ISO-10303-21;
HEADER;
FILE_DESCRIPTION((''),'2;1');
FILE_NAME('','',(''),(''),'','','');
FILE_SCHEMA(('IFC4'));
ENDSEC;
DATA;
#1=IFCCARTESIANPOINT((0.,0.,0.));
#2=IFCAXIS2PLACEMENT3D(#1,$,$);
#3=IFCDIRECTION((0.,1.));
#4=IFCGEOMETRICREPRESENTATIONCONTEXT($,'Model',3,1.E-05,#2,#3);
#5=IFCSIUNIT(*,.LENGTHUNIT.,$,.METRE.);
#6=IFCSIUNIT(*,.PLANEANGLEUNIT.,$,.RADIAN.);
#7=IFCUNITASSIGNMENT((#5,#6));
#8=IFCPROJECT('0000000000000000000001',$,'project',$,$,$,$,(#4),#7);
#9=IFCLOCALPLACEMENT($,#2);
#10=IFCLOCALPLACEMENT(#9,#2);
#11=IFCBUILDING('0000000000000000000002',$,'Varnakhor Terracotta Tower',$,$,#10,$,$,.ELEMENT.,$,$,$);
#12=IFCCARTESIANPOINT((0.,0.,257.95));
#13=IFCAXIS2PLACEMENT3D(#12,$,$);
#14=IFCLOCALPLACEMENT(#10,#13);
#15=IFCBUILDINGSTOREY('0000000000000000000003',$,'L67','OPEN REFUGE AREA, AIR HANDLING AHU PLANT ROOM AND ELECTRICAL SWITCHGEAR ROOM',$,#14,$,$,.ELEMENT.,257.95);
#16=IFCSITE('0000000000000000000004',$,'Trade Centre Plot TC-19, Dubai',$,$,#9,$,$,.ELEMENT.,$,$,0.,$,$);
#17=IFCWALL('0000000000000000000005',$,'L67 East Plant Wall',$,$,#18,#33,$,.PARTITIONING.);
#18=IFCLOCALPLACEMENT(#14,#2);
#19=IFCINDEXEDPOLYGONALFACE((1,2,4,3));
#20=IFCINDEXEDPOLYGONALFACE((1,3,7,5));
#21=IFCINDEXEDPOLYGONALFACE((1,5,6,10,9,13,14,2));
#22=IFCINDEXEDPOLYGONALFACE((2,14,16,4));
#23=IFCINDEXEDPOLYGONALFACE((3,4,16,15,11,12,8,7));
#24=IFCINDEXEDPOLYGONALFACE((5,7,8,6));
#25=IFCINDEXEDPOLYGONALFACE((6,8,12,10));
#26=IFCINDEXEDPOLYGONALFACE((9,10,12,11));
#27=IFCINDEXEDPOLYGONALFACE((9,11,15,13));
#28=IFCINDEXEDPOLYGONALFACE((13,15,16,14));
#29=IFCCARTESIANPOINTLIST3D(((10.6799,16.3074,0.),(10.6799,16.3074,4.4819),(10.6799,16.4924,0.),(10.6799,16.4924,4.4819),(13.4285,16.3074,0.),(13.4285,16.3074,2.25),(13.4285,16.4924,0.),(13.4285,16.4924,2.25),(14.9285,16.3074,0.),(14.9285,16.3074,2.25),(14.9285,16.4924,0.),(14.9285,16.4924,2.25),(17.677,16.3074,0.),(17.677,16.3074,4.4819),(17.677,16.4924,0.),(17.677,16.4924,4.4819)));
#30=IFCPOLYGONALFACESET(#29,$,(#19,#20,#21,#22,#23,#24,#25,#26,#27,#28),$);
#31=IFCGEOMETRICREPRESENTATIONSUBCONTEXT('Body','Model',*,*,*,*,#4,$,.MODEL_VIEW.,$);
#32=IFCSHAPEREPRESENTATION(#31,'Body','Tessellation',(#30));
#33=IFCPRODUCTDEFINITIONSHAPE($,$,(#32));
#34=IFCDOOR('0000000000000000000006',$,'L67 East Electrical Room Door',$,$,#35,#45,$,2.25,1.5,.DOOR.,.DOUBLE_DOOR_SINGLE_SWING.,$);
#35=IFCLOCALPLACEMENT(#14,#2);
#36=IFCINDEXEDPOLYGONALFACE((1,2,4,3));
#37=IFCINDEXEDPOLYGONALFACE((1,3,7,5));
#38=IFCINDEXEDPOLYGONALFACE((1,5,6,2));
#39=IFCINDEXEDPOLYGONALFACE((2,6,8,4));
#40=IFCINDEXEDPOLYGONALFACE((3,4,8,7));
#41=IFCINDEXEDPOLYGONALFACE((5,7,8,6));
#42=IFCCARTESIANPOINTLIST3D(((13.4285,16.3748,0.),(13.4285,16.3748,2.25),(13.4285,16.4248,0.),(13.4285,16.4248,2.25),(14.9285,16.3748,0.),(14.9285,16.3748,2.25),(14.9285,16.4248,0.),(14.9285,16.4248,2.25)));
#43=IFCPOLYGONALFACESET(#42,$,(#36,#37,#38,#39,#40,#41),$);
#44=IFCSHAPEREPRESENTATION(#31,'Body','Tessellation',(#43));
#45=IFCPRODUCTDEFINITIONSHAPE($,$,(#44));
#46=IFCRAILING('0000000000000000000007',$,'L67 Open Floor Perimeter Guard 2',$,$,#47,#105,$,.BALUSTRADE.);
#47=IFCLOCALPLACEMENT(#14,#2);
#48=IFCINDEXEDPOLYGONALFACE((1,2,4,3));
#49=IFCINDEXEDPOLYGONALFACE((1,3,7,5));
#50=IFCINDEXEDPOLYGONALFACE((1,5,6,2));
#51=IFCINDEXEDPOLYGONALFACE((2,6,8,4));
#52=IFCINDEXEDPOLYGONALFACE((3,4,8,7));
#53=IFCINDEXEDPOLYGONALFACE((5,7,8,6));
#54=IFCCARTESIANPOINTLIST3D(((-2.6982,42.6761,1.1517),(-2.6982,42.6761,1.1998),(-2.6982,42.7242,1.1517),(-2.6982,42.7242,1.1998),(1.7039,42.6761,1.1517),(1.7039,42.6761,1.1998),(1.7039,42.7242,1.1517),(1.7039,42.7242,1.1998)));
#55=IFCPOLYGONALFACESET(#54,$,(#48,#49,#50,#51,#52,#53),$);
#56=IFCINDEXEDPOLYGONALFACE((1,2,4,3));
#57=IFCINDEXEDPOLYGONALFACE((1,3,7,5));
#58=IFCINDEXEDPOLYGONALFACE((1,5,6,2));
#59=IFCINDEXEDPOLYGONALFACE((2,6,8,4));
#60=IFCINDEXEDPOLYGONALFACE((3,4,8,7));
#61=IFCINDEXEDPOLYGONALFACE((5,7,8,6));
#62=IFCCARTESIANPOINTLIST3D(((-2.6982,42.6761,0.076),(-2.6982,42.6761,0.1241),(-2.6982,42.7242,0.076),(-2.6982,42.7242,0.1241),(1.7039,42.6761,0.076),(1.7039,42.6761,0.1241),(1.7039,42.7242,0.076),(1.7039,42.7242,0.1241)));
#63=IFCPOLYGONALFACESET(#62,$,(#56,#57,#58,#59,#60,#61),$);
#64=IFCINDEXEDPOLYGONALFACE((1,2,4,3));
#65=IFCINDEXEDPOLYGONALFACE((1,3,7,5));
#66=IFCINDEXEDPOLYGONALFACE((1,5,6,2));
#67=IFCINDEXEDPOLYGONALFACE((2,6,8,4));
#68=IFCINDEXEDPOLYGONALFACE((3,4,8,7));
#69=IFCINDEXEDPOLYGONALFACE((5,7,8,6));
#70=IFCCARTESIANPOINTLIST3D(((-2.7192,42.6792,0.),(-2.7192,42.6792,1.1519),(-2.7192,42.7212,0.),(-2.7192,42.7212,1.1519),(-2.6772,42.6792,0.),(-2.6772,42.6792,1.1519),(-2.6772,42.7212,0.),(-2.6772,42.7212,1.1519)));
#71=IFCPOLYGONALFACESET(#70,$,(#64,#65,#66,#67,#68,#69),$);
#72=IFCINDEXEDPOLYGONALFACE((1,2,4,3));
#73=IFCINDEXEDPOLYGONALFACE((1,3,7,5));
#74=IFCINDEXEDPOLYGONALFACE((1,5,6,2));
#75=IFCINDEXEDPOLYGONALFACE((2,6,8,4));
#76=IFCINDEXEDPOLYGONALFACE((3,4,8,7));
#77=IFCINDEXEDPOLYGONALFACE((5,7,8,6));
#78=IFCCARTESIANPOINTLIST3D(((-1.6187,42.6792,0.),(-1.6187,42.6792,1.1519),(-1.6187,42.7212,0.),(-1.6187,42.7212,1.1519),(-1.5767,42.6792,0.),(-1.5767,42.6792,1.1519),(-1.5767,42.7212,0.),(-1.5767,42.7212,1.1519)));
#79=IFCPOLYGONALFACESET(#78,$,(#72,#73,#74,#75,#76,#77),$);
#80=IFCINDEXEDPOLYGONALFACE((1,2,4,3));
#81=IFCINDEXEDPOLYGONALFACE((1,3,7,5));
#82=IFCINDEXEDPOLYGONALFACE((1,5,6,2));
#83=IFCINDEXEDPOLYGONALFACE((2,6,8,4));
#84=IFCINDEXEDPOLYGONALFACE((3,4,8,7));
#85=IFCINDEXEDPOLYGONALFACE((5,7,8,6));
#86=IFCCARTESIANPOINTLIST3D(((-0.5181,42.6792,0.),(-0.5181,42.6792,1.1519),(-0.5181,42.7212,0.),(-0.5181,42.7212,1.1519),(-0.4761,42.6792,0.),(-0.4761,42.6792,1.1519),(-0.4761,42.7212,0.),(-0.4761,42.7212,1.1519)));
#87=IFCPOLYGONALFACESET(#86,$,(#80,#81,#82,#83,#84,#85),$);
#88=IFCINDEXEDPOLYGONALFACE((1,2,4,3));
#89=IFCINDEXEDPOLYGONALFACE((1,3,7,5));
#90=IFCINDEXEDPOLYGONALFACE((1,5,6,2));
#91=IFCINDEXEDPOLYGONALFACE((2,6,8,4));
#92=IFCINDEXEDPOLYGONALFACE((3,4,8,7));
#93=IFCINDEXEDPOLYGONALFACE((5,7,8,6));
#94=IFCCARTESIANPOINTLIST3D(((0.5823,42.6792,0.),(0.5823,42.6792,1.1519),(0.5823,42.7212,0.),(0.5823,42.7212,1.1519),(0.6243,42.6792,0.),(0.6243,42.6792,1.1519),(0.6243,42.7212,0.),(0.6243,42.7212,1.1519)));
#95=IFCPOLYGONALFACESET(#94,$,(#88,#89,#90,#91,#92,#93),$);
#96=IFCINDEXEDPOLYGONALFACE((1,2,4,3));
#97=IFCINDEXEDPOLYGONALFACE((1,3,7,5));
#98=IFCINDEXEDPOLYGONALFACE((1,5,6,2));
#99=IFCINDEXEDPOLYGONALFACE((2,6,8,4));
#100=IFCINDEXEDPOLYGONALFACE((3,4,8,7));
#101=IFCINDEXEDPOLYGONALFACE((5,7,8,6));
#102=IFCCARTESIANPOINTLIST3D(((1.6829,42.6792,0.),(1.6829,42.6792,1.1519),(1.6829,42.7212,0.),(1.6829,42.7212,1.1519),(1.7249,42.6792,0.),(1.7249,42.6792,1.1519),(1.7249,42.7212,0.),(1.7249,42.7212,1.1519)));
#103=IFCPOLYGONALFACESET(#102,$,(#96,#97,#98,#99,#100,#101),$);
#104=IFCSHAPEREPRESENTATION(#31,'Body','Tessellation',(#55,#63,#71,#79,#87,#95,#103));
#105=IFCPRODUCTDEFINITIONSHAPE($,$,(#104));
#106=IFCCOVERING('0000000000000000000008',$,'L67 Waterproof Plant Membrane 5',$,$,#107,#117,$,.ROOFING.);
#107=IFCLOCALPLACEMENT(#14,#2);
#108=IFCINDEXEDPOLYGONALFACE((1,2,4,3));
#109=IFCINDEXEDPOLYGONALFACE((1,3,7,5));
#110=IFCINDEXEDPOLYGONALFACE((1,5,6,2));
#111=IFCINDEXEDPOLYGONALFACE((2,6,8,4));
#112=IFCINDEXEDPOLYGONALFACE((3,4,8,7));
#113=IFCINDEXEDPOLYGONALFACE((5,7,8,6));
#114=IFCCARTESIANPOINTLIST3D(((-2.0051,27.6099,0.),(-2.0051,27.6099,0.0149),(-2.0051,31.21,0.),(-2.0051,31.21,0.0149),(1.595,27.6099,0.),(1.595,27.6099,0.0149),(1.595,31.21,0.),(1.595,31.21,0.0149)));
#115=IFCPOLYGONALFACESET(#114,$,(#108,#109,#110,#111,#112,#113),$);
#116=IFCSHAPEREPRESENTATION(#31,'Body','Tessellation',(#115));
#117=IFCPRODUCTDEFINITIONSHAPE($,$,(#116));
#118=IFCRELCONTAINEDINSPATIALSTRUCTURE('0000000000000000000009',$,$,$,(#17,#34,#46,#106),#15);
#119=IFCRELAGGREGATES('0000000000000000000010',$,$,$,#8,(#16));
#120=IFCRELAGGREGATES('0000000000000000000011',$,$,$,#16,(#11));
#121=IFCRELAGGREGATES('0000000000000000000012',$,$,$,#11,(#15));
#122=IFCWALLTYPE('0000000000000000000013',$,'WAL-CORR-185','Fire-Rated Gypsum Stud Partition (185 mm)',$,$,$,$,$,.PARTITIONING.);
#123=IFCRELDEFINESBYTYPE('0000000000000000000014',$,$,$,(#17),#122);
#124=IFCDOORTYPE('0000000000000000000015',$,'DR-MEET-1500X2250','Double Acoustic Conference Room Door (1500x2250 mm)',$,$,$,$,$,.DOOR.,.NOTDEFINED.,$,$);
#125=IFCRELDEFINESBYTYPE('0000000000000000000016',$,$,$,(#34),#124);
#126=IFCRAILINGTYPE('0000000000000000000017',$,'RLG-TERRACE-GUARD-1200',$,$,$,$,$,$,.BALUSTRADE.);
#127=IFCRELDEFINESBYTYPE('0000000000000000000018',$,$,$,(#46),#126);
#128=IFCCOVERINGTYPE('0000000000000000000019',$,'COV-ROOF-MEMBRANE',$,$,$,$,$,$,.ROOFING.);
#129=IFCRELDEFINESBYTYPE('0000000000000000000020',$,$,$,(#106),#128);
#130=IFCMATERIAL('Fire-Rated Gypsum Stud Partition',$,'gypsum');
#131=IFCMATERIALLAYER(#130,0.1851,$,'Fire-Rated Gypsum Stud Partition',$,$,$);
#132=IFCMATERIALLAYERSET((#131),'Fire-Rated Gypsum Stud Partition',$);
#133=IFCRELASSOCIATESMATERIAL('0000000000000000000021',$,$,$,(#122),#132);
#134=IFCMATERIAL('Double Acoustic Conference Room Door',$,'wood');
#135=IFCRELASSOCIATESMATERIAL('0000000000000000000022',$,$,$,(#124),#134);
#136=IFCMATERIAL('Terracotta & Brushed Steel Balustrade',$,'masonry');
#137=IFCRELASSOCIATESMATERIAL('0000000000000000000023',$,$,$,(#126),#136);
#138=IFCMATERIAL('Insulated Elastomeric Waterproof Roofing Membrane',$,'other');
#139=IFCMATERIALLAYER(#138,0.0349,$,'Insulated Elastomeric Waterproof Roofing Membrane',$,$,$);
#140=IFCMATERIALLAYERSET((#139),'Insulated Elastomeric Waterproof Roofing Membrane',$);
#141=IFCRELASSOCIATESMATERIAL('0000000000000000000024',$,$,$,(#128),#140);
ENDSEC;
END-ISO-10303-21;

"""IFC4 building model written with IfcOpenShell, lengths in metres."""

from ifc_helpers import new_model, si_unit, direction, frame, frame_2d, origin, origin_2d, place, context, subcontext, project, spatial, rectangle, extrude, source, transform, mapped, material, layer, layer_set, type_object, type_shapes, element, fill, save


model = new_model("IFC4")

# Units and contexts
model_context = context("Model", 3, precision=1e-05, world=origin(), true_north=direction((0.0, 1.0)))
body_context = subcontext(model_context, "Body", "Model", "MODEL_VIEW")
ifc_project = project(units=[si_unit("LENGTHUNIT", "METRE"), si_unit("PLANEANGLEUNIT", "RADIAN")], contexts=[model_context])

# Site, building, storey
site_placement = place(None, origin())
site = spatial("IfcSite", under=ifc_project, at=site_placement, Name="Trade Centre Plot TC-19, Dubai", CompositionType="ELEMENT", RefElevation=0.0)
building_placement = place(site_placement, origin())
building = spatial("IfcBuilding", under=site, at=building_placement, Name="Varnakhor Terracotta Tower", CompositionType="ELEMENT")
storey_placement = place(building_placement, frame((0.0, 0.0, 257.95)))
storey = spatial("IfcBuildingStorey", under=building, at=storey_placement, Name="L67", Description="OPEN REFUGE AREA, AIR HANDLING AHU PLANT ROOM AND ELECTRICAL SWITCHGEAR ROOM", CompositionType="ELEMENT", Elevation=257.95)

# Wall, opening, door
ifc_material_1 = material(Name="Fire-Rated Gypsum Stud Partition", Category="gypsum")
ifc_layer_1 = layer(ifc_material_1, 0.1851, Name="Fire-Rated Gypsum Stud Partition")
ifc_layer_set_1 = layer_set([ifc_layer_1], Name="Fire-Rated Gypsum Stud Partition")
wall_type = type_object("IfcWallType", Name="WAL-CORR-185", Description="Fire-Rated Gypsum Stud Partition (185 mm)", PredefinedType="PARTITIONING", material=ifc_layer_set_1)
wall_placement = place(storey_placement, frame((10.6799, 16.3999, 0.0), z_axis=(0.0, 0.0, 1.0), x_axis=(1.0, 0.0, 0.0)))
wall = element("IfcWall", 1, at=wall_placement, inside=storey, type_object=wall_type, Name="L67 East Plant Wall", PredefinedType="PARTITIONING", context=body_context, shape_type="SweptSolid", body=[
    extrude(rectangle(XDim=6.9971, YDim=0.1851, at=frame_2d((3.4985, 0.0))), origin(), (0.0, 0.0, 1.0), 4.4819),
])
opening_placement = place(wall_placement, frame((2.7485, 0.0, 0.0)))
opening = element("IfcOpeningElement", 2, at=opening_placement, cuts=wall, PredefinedType="OPENING", context=body_context, shape_type="SweptSolid", body=[
    extrude(rectangle(XDim=1.5, YDim=2.25, at=frame_2d((0.75, 1.125))), frame((0.0, 0.1025, 0.0), z_axis=(0.0, -1.0, 0.0), x_axis=(1.0, 0.0, 0.0)), (0.0, 0.0, 1.0), 0.2051),
])
ifc_material_2 = material(Name="Double Acoustic Conference Room Door", Category="wood")
door_type = type_object("IfcDoorType", Name="DR-MEET-1500X2250", Description="Double Acoustic Conference Room Door (1500x2250 mm)", OperationType="NOTDEFINED", PredefinedType="DOOR", material=ifc_material_2)
shared_shape_1 = source(origin(), body_context, "Body", "SweptSolid", [
    extrude(rectangle(XDim=1.5, YDim=2.25, at=frame_2d((0.75, 1.125))), frame((0.0, 0.0249, 0.0), z_axis=(0.0, -1.0, 0.0), x_axis=(1.0, 0.0, 0.0)), (0.0, 0.0, 1.0), 0.05),
])
type_shapes(door_type, [shared_shape_1])
door_placement = place(opening_placement, origin())
door = element("IfcDoor", 3, at=door_placement, inside=storey, type_object=door_type, Name="L67 East Electrical Room Door", OperationType="DOUBLE_DOOR_SINGLE_SWING", OverallHeight=2.25, OverallWidth=1.5, PredefinedType="DOOR", context=body_context, shape_type="MappedRepresentation", body=[
    mapped(shared_shape_1, transform((0.0, 0.0, 0.0), scale=1.0)),
])
fill(opening, door)

# Railing
ifc_material_3 = material(Name="Terracotta & Brushed Steel Balustrade", Category="masonry")
railing_type = type_object("IfcRailingType", Name="RLG-TERRACE-GUARD-1200", PredefinedType="BALUSTRADE", material=ifc_material_3)
railing_1_placement = place(storey_placement, frame((-2.6982, 42.7002, 0.0)))
element("IfcRailing", 4, at=railing_1_placement, inside=storey, type_object=railing_type, Name="L67 Open Floor Perimeter Guard 2", PredefinedType="BALUSTRADE", context=body_context, shape_type="SweptSolid", body=[
    extrude(rectangle(XDim=0.0481, YDim=0.0481, at=origin_2d()), frame((0.0, 0.0, 1.1758), z_axis=(1.0, 0.0, 0.0), x_axis=(0.0, 1.0, 0.0)), (0.0, 0.0, 1.0), 4.4021),
    extrude(rectangle(XDim=0.0481, YDim=0.0481, at=origin_2d()), frame((0.0, 0.0, 0.1001), z_axis=(1.0, 0.0, 0.0), x_axis=(0.0, 1.0, 0.0)), (0.0, 0.0, 1.0), 4.4021),
    extrude(rectangle(XDim=0.042, YDim=0.042, at=origin_2d()), origin(), (0.0, 0.0, 1.0), 1.1519),
    extrude(rectangle(XDim=0.042, YDim=0.042, at=origin_2d()), frame((1.1006, 0.0, 0.0)), (0.0, 0.0, 1.0), 1.1519),
    extrude(rectangle(XDim=0.042, YDim=0.042, at=origin_2d()), frame((2.2012, 0.0, 0.0)), (0.0, 0.0, 1.0), 1.1519),
    extrude(rectangle(XDim=0.042, YDim=0.042, at=origin_2d()), frame((3.3015, 0.0, 0.0)), (0.0, 0.0, 1.0), 1.1519),
    extrude(rectangle(XDim=0.042, YDim=0.042, at=origin_2d()), frame((4.4021, 0.0, 0.0)), (0.0, 0.0, 1.0), 1.1519),
])

# Covering
ifc_material_4 = material(Name="Insulated Elastomeric Waterproof Roofing Membrane", Category="other")
ifc_layer_2 = layer(ifc_material_4, 0.0349, Name="Insulated Elastomeric Waterproof Roofing Membrane")
ifc_layer_set_2 = layer_set([ifc_layer_2], Name="Insulated Elastomeric Waterproof Roofing Membrane")
covering_type = type_object("IfcCoveringType", Name="COV-ROOF-MEMBRANE", PredefinedType="ROOFING", material=ifc_layer_set_2)
shared_shape_2 = source(origin(), body_context, "Body", "SweptSolid", [
    extrude(rectangle(XDim=3.6001, YDim=3.6001, at=origin_2d()), origin(), (0.0, 0.0, 1.0), 0.0149),
])
type_shapes(covering_type, [shared_shape_2])
covering_placement = place(storey_placement, frame((-0.2051, 29.4099, 0.0), z_axis=(0.0, 0.0, 1.0), x_axis=(1.0, 0.0, 0.0)))
element("IfcCovering", 5, at=covering_placement, inside=storey, type_object=covering_type, Name="L67 Waterproof Plant Membrane 5", PredefinedType="ROOFING", context=body_context, shape_type="MappedRepresentation", body=[
    mapped(shared_shape_2, transform((0.0, 0.0, 0.0), scale=1.0)),
])

save(model, "model.ifc")
